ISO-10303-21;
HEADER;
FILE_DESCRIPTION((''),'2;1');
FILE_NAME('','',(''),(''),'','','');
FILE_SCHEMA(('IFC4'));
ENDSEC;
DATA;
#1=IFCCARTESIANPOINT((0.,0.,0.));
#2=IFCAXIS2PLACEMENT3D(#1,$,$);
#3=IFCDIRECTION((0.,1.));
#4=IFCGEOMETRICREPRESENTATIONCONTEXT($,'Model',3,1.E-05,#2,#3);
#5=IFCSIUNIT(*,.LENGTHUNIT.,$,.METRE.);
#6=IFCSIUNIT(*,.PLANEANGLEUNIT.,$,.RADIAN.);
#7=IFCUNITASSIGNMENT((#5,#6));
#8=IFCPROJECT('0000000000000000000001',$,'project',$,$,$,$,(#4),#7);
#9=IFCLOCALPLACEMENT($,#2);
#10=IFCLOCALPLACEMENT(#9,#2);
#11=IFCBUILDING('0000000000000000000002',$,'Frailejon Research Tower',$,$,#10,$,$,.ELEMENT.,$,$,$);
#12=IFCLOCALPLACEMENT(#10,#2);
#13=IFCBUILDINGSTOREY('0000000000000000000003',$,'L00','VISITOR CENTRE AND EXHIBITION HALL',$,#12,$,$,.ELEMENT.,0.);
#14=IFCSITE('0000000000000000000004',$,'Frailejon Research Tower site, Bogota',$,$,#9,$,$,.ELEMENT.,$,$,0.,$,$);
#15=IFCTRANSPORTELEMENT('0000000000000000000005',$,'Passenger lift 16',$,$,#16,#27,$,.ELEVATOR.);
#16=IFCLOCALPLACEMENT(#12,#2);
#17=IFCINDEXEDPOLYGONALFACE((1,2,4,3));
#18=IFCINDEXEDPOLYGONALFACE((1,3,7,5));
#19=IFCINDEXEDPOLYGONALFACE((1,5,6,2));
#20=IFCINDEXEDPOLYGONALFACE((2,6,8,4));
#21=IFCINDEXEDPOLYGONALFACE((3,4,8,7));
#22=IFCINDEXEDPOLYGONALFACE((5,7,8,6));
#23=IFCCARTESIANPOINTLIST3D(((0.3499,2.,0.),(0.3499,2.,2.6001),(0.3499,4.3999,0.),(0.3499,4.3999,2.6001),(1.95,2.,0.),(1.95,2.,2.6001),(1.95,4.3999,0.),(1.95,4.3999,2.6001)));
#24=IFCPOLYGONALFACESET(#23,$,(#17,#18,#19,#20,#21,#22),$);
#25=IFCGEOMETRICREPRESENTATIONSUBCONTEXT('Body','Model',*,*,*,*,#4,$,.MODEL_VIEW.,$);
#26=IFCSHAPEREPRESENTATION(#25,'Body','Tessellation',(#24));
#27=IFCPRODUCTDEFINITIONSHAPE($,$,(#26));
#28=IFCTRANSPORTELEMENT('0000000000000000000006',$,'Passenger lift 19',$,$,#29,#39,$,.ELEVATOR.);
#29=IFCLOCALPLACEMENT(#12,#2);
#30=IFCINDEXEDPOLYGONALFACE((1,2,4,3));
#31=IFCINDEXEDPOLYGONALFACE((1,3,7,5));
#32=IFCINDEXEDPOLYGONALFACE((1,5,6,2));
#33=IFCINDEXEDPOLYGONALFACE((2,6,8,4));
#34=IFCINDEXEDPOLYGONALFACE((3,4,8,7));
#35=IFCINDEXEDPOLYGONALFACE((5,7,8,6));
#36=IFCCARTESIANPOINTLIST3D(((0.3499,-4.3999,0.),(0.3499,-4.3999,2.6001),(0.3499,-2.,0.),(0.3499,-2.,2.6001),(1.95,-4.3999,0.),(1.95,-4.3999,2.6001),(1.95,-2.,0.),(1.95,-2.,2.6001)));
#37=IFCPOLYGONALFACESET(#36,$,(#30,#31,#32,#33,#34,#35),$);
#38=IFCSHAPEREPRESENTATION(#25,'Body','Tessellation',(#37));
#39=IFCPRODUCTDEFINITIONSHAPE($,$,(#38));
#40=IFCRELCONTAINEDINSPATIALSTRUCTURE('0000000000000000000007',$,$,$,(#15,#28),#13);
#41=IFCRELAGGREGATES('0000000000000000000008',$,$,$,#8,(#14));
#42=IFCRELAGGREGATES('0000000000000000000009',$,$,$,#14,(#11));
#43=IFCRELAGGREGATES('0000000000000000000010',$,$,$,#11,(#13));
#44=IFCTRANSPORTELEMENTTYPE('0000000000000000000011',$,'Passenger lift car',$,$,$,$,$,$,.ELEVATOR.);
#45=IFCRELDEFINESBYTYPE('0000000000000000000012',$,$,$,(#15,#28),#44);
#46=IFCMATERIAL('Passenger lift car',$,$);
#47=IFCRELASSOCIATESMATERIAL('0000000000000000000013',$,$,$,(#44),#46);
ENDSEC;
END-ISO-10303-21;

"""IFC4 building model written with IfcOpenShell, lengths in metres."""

from ifc_helpers import new_model, si_unit, direction, frame, origin, origin_2d, place, context, subcontext, project, spatial, rectangle, extrude, material, type_object, element, save


model = new_model("IFC4")

# Units and contexts
model_context = context("Model", 3, precision=1e-05, world=origin(), true_north=direction((0.0, 1.0)))
body_context = subcontext(model_context, "Body", "Model", "MODEL_VIEW")
ifc_project = project(units=[si_unit("LENGTHUNIT", "METRE"), si_unit("PLANEANGLEUNIT", "RADIAN")], contexts=[model_context])

# Site, building, storey
site_placement = place(None, origin())
site = spatial("IfcSite", under=ifc_project, at=site_placement, Name="Frailejon Research Tower site, Bogota", CompositionType="ELEMENT", RefElevation=0.0)
building_placement = place(site_placement, origin())
building = spatial("IfcBuilding", under=site, at=building_placement, Name="Frailejon Research Tower", CompositionType="ELEMENT")
storey_placement = place(building_placement, origin())
storey = spatial("IfcBuildingStorey", under=building, at=storey_placement, Name="L00", Description="VISITOR CENTRE AND EXHIBITION HALL", CompositionType="ELEMENT", Elevation=0.0)

# Transport elements
ifc_material_1 = material(Name="Passenger lift car")
transport_element_type = type_object("IfcTransportElementType", Name="Passenger lift car", PredefinedType="ELEVATOR", material=ifc_material_1)
for number, where, z_axis, x_axis, name in (
    (1, (1.1499, 3.2, 0.0), (0.0, 0.0, 1.0), (1.0, 0.0, 0.0), "Passenger lift 16"),
    (2, (1.1499, -3.2, 0.0), (0.0, 0.0, 1.0), (1.0, 0.0, 0.0), "Passenger lift 19"),
):
    element("IfcTransportElement", number, at=place(storey_placement, frame(where, z_axis=z_axis, x_axis=x_axis)), inside=storey, type_object=transport_element_type, Name=name, PredefinedType="ELEVATOR", context=body_context, shape_type="SweptSolid", body=[
        extrude(rectangle(XDim=1.6001, YDim=2.3999, at=origin_2d()), origin(), (0.0, 0.0, 1.0), 2.6001),
    ])

save(model, "model.ifc")
